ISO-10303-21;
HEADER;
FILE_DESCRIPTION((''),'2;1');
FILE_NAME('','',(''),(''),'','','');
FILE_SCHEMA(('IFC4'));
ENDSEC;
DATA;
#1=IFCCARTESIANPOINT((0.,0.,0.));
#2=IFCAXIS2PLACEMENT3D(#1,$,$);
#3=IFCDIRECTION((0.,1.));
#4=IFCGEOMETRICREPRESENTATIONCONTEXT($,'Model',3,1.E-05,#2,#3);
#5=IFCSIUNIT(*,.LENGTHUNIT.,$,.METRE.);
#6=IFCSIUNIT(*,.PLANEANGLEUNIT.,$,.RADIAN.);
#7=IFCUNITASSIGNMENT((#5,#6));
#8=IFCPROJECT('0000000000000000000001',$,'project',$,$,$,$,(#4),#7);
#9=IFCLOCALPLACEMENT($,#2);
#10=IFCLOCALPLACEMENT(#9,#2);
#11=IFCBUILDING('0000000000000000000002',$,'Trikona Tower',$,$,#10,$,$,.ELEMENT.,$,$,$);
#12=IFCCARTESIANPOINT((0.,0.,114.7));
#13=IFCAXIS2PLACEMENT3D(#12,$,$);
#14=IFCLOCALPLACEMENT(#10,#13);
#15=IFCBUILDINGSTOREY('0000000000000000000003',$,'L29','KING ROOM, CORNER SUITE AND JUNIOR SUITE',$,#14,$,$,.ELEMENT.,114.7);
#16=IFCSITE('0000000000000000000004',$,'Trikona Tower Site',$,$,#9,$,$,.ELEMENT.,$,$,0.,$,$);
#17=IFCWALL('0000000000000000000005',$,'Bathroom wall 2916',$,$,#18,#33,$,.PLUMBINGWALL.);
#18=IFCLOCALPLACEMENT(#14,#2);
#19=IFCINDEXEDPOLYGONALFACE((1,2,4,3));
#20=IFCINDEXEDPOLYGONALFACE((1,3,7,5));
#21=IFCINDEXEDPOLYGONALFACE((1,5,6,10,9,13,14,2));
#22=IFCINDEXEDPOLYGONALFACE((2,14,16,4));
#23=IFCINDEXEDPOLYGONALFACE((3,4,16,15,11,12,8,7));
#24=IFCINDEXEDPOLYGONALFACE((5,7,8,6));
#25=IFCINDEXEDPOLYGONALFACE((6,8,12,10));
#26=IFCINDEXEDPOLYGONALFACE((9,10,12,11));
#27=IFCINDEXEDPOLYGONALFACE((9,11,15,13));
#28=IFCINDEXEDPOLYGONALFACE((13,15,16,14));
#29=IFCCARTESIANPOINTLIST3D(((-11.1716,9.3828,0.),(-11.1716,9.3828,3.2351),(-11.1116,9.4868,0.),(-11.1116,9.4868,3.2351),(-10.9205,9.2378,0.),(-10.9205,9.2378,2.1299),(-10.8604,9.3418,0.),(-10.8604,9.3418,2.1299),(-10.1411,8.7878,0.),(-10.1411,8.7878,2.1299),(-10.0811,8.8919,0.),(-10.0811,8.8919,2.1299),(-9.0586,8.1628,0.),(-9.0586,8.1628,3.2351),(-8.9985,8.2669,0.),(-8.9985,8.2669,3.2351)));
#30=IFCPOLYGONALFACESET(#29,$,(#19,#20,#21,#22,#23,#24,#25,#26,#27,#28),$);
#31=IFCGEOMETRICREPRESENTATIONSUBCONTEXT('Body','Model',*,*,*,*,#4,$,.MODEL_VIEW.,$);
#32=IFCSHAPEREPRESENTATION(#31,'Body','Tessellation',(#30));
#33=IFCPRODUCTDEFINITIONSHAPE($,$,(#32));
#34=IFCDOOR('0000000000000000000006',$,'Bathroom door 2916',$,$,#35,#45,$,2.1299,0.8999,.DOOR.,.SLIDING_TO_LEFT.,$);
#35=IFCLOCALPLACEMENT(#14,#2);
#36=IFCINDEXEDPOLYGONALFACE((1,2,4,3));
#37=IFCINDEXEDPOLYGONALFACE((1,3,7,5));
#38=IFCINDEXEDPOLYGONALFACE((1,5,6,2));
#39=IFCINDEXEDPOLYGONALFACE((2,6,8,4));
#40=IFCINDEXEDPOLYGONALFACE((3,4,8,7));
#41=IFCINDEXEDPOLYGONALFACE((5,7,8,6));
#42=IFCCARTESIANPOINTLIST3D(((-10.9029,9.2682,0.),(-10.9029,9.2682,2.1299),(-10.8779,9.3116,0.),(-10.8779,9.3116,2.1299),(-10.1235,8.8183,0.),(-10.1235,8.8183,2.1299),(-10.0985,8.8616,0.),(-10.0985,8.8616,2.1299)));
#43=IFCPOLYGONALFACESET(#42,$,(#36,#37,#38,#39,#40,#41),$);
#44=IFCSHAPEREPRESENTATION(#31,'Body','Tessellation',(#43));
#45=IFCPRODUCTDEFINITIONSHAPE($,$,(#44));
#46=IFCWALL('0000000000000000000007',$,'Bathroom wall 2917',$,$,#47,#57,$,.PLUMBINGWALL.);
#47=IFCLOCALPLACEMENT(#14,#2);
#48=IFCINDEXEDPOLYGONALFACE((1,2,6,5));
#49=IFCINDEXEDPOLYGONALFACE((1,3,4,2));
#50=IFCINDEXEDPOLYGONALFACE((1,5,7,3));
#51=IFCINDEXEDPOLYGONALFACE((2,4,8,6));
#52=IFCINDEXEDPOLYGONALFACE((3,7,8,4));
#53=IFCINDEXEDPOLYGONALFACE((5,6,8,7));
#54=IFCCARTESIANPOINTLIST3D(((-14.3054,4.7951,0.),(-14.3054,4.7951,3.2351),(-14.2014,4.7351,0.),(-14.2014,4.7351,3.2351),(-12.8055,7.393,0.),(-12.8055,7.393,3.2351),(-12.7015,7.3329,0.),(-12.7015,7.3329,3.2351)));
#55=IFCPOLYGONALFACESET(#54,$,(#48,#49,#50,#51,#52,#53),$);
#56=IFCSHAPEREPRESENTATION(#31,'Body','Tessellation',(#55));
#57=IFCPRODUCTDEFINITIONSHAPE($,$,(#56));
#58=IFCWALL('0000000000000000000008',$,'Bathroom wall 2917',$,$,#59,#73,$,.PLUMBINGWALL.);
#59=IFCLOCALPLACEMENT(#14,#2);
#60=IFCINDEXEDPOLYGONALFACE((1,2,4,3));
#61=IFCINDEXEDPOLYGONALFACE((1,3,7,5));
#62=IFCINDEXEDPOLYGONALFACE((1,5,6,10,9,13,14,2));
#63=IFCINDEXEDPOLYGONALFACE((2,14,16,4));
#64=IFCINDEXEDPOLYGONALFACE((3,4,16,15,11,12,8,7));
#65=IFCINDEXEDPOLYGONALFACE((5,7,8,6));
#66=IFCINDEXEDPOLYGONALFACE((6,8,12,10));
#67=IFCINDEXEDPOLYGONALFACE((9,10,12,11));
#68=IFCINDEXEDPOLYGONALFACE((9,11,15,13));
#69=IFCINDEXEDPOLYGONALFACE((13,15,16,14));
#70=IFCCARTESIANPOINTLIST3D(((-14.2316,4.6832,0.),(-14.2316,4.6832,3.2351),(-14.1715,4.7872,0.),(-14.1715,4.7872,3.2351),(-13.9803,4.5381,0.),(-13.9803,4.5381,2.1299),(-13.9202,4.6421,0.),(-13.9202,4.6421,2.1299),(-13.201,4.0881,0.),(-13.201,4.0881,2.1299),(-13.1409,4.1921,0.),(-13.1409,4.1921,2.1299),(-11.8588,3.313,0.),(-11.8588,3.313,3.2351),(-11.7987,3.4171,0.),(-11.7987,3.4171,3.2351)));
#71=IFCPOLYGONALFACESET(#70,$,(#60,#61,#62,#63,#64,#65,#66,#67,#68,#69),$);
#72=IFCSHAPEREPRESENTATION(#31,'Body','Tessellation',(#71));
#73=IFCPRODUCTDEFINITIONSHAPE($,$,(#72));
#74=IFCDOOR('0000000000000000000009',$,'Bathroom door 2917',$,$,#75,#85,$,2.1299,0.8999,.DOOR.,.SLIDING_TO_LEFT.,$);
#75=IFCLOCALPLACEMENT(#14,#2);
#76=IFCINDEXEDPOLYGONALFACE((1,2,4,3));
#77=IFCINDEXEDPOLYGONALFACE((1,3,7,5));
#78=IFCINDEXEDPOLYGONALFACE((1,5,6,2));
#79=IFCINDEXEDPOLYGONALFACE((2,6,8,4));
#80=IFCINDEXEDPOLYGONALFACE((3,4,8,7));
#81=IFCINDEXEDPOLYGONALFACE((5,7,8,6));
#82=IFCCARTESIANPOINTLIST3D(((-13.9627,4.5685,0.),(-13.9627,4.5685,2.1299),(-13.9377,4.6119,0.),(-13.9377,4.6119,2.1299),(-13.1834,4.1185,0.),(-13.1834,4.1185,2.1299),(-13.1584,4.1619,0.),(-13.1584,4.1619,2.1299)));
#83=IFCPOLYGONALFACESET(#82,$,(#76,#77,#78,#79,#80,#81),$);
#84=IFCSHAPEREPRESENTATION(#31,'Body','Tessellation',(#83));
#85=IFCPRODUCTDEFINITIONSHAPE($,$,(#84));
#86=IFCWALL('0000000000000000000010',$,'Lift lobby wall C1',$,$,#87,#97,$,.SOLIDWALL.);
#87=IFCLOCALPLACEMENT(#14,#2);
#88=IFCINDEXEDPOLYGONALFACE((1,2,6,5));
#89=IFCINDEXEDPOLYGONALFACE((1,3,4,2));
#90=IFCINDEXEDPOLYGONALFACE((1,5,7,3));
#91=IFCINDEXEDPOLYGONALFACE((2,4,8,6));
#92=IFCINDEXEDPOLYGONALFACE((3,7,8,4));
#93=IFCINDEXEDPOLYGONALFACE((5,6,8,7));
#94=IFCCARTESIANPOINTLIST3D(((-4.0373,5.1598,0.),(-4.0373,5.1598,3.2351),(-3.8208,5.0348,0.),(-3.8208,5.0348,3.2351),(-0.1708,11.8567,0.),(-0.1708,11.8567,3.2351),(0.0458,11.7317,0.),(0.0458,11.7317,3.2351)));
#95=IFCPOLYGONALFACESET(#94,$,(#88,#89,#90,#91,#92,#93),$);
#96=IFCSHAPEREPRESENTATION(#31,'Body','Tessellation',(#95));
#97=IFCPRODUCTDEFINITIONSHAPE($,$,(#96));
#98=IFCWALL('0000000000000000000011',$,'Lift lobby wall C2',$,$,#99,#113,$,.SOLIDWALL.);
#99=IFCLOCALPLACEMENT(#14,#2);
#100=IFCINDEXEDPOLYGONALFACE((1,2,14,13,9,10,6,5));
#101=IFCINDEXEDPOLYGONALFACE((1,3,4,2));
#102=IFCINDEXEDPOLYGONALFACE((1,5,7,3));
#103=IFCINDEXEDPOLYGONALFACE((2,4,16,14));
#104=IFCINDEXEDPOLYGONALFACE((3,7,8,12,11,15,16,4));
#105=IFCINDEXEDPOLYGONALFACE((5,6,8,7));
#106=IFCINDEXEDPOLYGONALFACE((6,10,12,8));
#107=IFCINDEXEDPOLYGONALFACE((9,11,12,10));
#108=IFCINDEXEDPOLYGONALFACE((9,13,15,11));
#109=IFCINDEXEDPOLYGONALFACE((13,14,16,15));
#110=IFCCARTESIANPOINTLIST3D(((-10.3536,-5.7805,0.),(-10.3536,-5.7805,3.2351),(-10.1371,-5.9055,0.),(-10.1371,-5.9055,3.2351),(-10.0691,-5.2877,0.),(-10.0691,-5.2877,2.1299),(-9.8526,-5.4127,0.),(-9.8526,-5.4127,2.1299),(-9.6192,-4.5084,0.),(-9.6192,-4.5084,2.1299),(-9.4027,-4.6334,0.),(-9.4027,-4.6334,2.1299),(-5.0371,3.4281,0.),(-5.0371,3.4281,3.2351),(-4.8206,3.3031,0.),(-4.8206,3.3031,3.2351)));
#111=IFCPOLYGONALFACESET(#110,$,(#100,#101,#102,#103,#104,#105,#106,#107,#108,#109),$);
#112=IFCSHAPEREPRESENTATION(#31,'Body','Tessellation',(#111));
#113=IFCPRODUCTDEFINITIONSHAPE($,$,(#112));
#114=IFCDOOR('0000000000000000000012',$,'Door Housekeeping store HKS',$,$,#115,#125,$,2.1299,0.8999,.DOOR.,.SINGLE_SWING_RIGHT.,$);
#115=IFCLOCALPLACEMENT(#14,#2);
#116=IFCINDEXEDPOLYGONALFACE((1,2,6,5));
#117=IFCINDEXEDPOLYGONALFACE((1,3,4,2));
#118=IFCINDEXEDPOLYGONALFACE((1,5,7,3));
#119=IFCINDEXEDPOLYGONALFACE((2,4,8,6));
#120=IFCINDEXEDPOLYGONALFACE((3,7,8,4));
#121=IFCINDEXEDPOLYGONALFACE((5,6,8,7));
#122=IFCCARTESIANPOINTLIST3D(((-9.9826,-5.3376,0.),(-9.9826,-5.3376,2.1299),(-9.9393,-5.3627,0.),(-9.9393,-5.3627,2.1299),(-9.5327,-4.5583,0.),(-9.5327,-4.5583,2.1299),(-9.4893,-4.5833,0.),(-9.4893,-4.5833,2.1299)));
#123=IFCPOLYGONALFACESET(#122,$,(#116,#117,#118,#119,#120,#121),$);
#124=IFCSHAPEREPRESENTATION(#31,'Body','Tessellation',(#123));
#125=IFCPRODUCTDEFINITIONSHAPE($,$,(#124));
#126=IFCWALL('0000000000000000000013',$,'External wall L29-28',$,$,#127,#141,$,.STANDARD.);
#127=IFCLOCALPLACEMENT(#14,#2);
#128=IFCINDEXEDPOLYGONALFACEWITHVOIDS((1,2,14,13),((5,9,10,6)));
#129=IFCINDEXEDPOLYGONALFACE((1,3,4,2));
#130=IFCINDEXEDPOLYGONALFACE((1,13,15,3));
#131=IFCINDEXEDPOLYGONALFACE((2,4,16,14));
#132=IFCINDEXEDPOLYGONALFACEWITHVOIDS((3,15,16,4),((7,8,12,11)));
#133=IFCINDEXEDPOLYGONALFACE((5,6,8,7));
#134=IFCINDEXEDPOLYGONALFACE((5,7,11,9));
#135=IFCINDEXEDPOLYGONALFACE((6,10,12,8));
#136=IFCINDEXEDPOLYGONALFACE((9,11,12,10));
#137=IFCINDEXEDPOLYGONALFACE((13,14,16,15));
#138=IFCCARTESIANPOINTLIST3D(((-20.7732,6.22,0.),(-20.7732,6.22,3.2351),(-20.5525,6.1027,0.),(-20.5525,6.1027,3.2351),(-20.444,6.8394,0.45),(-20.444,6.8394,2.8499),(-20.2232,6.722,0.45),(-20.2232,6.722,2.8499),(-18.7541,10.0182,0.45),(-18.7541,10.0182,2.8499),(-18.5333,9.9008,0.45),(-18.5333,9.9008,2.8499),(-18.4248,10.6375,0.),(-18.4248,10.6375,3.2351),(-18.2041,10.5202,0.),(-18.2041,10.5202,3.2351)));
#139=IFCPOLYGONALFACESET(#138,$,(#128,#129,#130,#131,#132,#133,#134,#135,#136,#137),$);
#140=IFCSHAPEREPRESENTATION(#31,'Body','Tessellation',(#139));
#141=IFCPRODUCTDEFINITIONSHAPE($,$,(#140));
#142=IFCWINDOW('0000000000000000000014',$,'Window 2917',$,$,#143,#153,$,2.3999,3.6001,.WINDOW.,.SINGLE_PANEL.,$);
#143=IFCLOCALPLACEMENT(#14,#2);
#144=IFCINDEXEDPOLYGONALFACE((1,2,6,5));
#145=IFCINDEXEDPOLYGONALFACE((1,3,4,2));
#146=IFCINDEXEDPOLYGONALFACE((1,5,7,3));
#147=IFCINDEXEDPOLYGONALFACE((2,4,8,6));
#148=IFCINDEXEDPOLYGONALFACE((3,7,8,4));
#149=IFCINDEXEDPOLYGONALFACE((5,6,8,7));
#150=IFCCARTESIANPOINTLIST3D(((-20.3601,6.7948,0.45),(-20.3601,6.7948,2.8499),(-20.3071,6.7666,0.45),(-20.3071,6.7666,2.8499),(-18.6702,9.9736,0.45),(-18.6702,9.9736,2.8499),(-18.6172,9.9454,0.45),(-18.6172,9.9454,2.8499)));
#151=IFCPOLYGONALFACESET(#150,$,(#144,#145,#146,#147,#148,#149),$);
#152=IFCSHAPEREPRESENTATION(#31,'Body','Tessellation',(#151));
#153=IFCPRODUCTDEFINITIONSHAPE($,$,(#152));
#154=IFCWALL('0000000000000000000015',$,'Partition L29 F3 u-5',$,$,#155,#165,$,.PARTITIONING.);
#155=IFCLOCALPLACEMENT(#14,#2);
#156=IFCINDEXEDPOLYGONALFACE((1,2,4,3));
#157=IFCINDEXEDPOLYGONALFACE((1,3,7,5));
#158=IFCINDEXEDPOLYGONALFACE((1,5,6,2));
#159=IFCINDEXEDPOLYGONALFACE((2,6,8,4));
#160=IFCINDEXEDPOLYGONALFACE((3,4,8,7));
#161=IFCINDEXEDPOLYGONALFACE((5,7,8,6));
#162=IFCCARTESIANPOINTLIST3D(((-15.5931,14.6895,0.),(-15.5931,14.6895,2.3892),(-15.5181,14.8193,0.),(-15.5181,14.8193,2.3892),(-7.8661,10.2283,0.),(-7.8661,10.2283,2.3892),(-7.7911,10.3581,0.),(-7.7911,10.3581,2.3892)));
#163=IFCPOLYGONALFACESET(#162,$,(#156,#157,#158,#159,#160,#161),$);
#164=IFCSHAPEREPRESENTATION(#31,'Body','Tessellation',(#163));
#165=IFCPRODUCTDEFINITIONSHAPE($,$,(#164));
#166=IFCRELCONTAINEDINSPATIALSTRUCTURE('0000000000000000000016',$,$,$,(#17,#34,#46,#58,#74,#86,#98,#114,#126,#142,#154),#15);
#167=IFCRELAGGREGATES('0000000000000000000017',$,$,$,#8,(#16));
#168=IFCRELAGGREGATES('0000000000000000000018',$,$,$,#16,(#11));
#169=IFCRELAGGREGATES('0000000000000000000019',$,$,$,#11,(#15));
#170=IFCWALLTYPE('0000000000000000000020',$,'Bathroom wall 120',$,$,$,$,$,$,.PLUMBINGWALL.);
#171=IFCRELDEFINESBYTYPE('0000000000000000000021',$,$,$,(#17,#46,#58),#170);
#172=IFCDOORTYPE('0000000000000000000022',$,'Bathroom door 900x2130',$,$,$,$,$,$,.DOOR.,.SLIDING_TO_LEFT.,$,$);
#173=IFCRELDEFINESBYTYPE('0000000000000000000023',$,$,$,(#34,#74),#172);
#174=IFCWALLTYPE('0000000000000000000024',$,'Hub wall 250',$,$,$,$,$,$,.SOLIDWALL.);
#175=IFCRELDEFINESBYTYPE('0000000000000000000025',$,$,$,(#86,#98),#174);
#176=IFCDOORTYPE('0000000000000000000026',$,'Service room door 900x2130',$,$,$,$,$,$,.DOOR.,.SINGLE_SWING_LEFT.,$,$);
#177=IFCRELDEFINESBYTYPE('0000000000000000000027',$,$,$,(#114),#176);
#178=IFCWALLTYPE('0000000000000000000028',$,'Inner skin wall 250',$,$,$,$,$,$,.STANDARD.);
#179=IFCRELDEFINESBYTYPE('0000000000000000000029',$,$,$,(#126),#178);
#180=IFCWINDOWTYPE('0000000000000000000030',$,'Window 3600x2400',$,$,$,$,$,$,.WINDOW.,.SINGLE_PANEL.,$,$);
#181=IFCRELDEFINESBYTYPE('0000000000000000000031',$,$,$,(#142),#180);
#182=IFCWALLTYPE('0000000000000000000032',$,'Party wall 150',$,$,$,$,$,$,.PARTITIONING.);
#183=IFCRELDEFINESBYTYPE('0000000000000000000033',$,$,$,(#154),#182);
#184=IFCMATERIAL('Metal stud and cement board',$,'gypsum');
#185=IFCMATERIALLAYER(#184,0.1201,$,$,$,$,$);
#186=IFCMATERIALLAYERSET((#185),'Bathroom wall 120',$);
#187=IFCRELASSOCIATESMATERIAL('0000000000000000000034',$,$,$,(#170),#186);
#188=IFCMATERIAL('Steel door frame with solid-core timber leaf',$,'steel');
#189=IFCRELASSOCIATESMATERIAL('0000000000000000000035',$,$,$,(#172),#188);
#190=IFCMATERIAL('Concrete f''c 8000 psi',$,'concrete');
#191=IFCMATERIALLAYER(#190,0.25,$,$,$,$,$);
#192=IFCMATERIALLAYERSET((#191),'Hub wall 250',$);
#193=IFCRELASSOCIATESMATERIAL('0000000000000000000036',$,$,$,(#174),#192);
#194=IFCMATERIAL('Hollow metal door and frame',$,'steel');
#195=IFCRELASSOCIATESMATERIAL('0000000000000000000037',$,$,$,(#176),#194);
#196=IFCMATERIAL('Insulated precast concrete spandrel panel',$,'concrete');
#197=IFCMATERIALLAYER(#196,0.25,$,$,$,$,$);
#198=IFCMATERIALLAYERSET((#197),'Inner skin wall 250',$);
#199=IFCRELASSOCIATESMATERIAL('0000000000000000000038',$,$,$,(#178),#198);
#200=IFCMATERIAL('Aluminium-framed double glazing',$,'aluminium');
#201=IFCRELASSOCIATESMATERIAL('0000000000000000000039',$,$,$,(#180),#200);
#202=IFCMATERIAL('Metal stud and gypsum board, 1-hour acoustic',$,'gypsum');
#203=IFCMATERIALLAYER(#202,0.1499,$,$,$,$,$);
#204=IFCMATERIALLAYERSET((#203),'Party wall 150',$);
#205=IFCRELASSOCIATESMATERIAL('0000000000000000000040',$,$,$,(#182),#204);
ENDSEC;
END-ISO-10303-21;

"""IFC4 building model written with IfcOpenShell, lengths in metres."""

from ifc_helpers import new_model, si_unit, direction, frame, frame_2d, origin, place, context, subcontext, project, spatial, rectangle, extrude, material, layer, layer_set, type_object, element, fill, save


model = new_model("IFC4")

# Units and contexts
model_context = context("Model", 3, precision=1e-05, world=origin(), true_north=direction((0.0, 1.0)))
body_context = subcontext(model_context, "Body", "Model", "MODEL_VIEW")
ifc_project = project(units=[si_unit("LENGTHUNIT", "METRE"), si_unit("PLANEANGLEUNIT", "RADIAN")], contexts=[model_context])

# Site, building, storey
site_placement = place(None, origin())
site = spatial("IfcSite", under=ifc_project, at=site_placement, Name="Trikona Tower Site", CompositionType="ELEMENT", RefElevation=0.0)
building_placement = place(site_placement, origin())
building = spatial("IfcBuilding", under=site, at=building_placement, Name="Trikona Tower", CompositionType="ELEMENT")
storey_placement = place(building_placement, frame((0.0, 0.0, 114.7)))
storey = spatial("IfcBuildingStorey", under=building, at=storey_placement, Name="L29", Description="KING ROOM, CORNER SUITE AND JUNIOR SUITE", CompositionType="ELEMENT", Elevation=114.7)

# Shared definitions
ifc_material_1 = material(Name="Metal stud and cement board", Category="gypsum")
ifc_layer_1 = layer(ifc_material_1, 0.1201)
ifc_layer_set_1 = layer_set([ifc_layer_1], Name="Bathroom wall 120")
wall_type_1 = type_object("IfcWallType", Name="Bathroom wall 120", PredefinedType="PLUMBINGWALL", material=ifc_layer_set_1)
ifc_material_2 = material(Name="Steel door frame with solid-core timber leaf", Category="steel")
door_type_1 = type_object("IfcDoorType", Name="Bathroom door 900x2130", OperationType="SLIDING_TO_LEFT", PredefinedType="DOOR", material=ifc_material_2)

# Wall, opening, door
wall_1_placement = place(storey_placement, frame((-9.0286, 8.2148, 0.0), z_axis=(0.0, 0.0, 1.0), x_axis=(-0.866024, 0.500003, 0.0)))
wall_1 = element("IfcWall", 1, at=wall_1_placement, inside=storey, type_object=wall_type_1, Name="Bathroom wall 2916", PredefinedType="PLUMBINGWALL", context=body_context, shape_type="SweptSolid", body=[
    extrude(rectangle(XDim=2.4399, YDim=0.1201, at=frame_2d((1.22, 0.0))), origin(), (0.0, 0.0, 1.0), 3.2351),
])
opening_1_placement = place(wall_1_placement, frame((1.25, 0.0, 0.0)))
opening_1 = element("IfcOpeningElement", 2, at=opening_1_placement, cuts=wall_1, PredefinedType="OPENING", context=body_context, shape_type="SweptSolid", body=[
    extrude(rectangle(XDim=0.8999, YDim=2.1299, at=frame_2d((0.45, 1.0649))), frame((0.0, 0.0701, 0.0), z_axis=(0.0, -1.0, 0.0), x_axis=(1.0, 0.0, 0.0)), (0.0, 0.0, 1.0), 0.1401),
])
door_1_placement = place(opening_1_placement, origin())
door_1 = element("IfcDoor", 3, at=door_1_placement, inside=storey, type_object=door_type_1, Name="Bathroom door 2916", OperationType="SLIDING_TO_LEFT", OverallHeight=2.1299, OverallWidth=0.8999, PredefinedType="DOOR", context=body_context, shape_type="SweptSolid", body=[
    extrude(rectangle(XDim=0.8999, YDim=2.1299, at=frame_2d((0.45, 1.0649))), frame((0.0, 0.0249, 0.0), z_axis=(0.0, -1.0, 0.0), x_axis=(1.0, 0.0, 0.0)), (0.0, 0.0, 1.0), 0.05),
])
fill(opening_1, door_1)

# Wall
wall_2_placement = place(storey_placement, frame((-12.7534, 7.363, 0.0), z_axis=(0.0, 0.0, 1.0), x_axis=(-0.500025, -0.866011, 0.0)))
element("IfcWall", 4, at=wall_2_placement, inside=storey, type_object=wall_type_1, Name="Bathroom wall 2917", PredefinedType="PLUMBINGWALL", context=body_context, shape_type="SweptSolid", body=[
    extrude(rectangle(XDim=2.9998, YDim=0.1201, at=frame_2d((1.5, 0.0))), origin(), (0.0, 0.0, 1.0), 3.2351),
])

# Wall, opening, door
wall_3_placement = place(storey_placement, frame((-11.8286, 3.365, 0.0), z_axis=(0.0, 0.0, 1.0), x_axis=(-0.865997, 0.500049, 0.0)))
wall_3 = element("IfcWall", 5, at=wall_3_placement, inside=storey, type_object=wall_type_1, Name="Bathroom wall 2917", PredefinedType="PLUMBINGWALL", context=body_context, shape_type="SweptSolid", body=[
    extrude(rectangle(XDim=2.74, YDim=0.1201, at=frame_2d((1.3701, 0.0))), origin(), (0.0, 0.0, 1.0), 3.2351),
])
opening_2_placement = place(wall_3_placement, frame((1.55, 0.0, 0.0)))
opening_2 = element("IfcOpeningElement", 6, at=opening_2_placement, cuts=wall_3, PredefinedType="OPENING", context=body_context, shape_type="SweptSolid", body=[
    extrude(rectangle(XDim=0.8999, YDim=2.1299, at=frame_2d((0.45, 1.0649))), frame((0.0, 0.0701, 0.0), z_axis=(0.0, -1.0, 0.0), x_axis=(1.0, 0.0, 0.0)), (0.0, 0.0, 1.0), 0.1401),
])
door_2_placement = place(opening_2_placement, origin())
door_2 = element("IfcDoor", 7, at=door_2_placement, inside=storey, type_object=door_type_1, Name="Bathroom door 2917", OperationType="SLIDING_TO_LEFT", OverallHeight=2.1299, OverallWidth=0.8999, PredefinedType="DOOR", context=body_context, shape_type="SweptSolid", body=[
    extrude(rectangle(XDim=0.8999, YDim=2.1299, at=frame_2d((0.45, 1.0649))), frame((0.0, 0.0249, 0.0), z_axis=(0.0, -1.0, 0.0), x_axis=(1.0, 0.0, 0.0)), (0.0, 0.0, 1.0), 0.05),
])
fill(opening_2, door_2)

# Wall
ifc_material_3 = material(Name="Concrete f'c 8000 psi", Category="concrete")
ifc_layer_2 = layer(ifc_material_3, 0.25)
ifc_layer_set_2 = layer_set([ifc_layer_2], Name="Hub wall 250")
wall_type_2 = type_object("IfcWallType", Name="Hub wall 250", PredefinedType="SOLIDWALL", material=ifc_layer_set_2)
wall_4_placement = place(storey_placement, frame((-0.0625, 11.7942, 0.0), z_axis=(0.0, 0.0, 1.0), x_axis=(-0.500007, -0.866022, 0.0)))
element("IfcWall", 8, at=wall_4_placement, inside=storey, type_object=wall_type_2, Name="Lift lobby wall C1", PredefinedType="SOLIDWALL", context=body_context, shape_type="SweptSolid", body=[
    extrude(rectangle(XDim=7.7329, YDim=0.25, at=frame_2d((3.8665, 0.0))), origin(), (0.0, 0.0, 1.0), 3.2351),
])

# Wall, opening, door
wall_5_placement = place(storey_placement, frame((-4.929, 3.3655, 0.0), z_axis=(0.0, 0.0, 1.0), x_axis=(-0.499991, -0.86603, 0.0)))
wall_5 = element("IfcWall", 9, at=wall_5_placement, inside=storey, type_object=wall_type_2, Name="Lift lobby wall C2", PredefinedType="SOLIDWALL", context=body_context, shape_type="SweptSolid", body=[
    extrude(rectangle(XDim=10.6331, YDim=0.25, at=frame_2d((5.3164, 0.0))), origin(), (0.0, 0.0, 1.0), 3.2351),
])
opening_3_placement = place(wall_5_placement, frame((9.1641, 0.0, 0.0)))
opening_3 = element("IfcOpeningElement", 10, at=opening_3_placement, cuts=wall_5, PredefinedType="OPENING", context=body_context, shape_type="SweptSolid", body=[
    extrude(rectangle(XDim=0.8999, YDim=2.1299, at=frame_2d((0.45, 1.0649))), frame((0.0, 0.135, 0.0), z_axis=(0.0, -1.0, 0.0), x_axis=(1.0, 0.0, 0.0)), (0.0, 0.0, 1.0), 0.27),
])
ifc_material_4 = material(Name="Hollow metal door and frame", Category="steel")
door_type_2 = type_object("IfcDoorType", Name="Service room door 900x2130", OperationType="SINGLE_SWING_LEFT", PredefinedType="DOOR", material=ifc_material_4)
door_3_placement = place(opening_3_placement, origin())
door_3 = element("IfcDoor", 11, at=door_3_placement, inside=storey, type_object=door_type_2, Name="Door Housekeeping store HKS", OperationType="SINGLE_SWING_RIGHT", OverallHeight=2.1299, OverallWidth=0.8999, PredefinedType="DOOR", context=body_context, shape_type="SweptSolid", body=[
    extrude(rectangle(XDim=0.8999, YDim=2.1299, at=frame_2d((0.45, 1.0649))), frame((0.0, 0.0249, 0.0), z_axis=(0.0, -1.0, 0.0), x_axis=(1.0, 0.0, 0.0)), (0.0, 0.0, 1.0), 0.05),
])
fill(opening_3, door_3)

# Wall, opening, window
ifc_material_5 = material(Name="Insulated precast concrete spandrel panel", Category="concrete")
ifc_layer_3 = layer(ifc_material_5, 0.25)
ifc_layer_set_3 = layer_set([ifc_layer_3], Name="Inner skin wall 250")
wall_type_3 = type_object("IfcWallType", Name="Inner skin wall 250", PredefinedType="STANDARD", material=ifc_layer_set_3)
wall_6_placement = place(storey_placement, frame((-18.3145, 10.5789, 0.0), z_axis=(0.0, 0.0, 1.0), x_axis=(-0.469405, -0.882983, 0.0)))
wall_6 = element("IfcWall", 12, at=wall_6_placement, inside=storey, type_object=wall_type_3, Name="External wall L29-28", PredefinedType="STANDARD", context=body_context, shape_type="SweptSolid", body=[
    extrude(rectangle(XDim=5.0029, YDim=0.25, at=frame_2d((2.5015, 0.0))), origin(), (0.0, 0.0, 1.0), 3.2351),
])
opening_4_placement = place(wall_6_placement, frame((0.7014, 0.0, 0.45)))
opening_4 = element("IfcOpeningElement", 13, at=opening_4_placement, cuts=wall_6, PredefinedType="OPENING", context=body_context, shape_type="SweptSolid", body=[
    extrude(rectangle(XDim=3.6001, YDim=2.3999, at=frame_2d((1.8, 1.2))), frame((0.0, 0.135, 0.0), z_axis=(0.0, -1.0, 0.0), x_axis=(1.0, 0.0, 0.0)), (0.0, 0.0, 1.0), 0.27),
])
ifc_material_6 = material(Name="Aluminium-framed double glazing", Category="aluminium")
window_type = type_object("IfcWindowType", Name="Window 3600x2400", PartitioningType="SINGLE_PANEL", PredefinedType="WINDOW", material=ifc_material_6)
window_placement = place(opening_4_placement, origin())
window = element("IfcWindow", 14, at=window_placement, inside=storey, type_object=window_type, Name="Window 2917", OverallHeight=2.3999, OverallWidth=3.6001, PartitioningType="SINGLE_PANEL", PredefinedType="WINDOW", context=body_context, shape_type="SweptSolid", body=[
    extrude(rectangle(XDim=3.6001, YDim=2.3999, at=frame_2d((1.8, 1.2))), frame((0.0, 0.03, 0.0), z_axis=(0.0, -1.0, 0.0), x_axis=(1.0, 0.0, 0.0)), (0.0, 0.0, 1.0), 0.0601),
])
fill(opening_4, window)

# Wall
ifc_material_7 = material(Name="Metal stud and gypsum board, 1-hour acoustic", Category="gypsum")
ifc_layer_4 = layer(ifc_material_7, 0.1499)
ifc_layer_set_4 = layer_set([ifc_layer_4], Name="Party wall 150")
wall_type_4 = type_object("IfcWallType", Name="Party wall 150", PredefinedType="PARTITIONING", material=ifc_layer_set_4)
wall_7_placement = place(storey_placement, frame((-7.8286, 10.2932, 0.0), z_axis=(0.0, 0.0, 1.0), x_axis=(-0.866027, 0.499997, 0.0)))
element("IfcWall", 15, at=wall_7_placement, inside=storey, type_object=wall_type_4, Name="Partition L29 F3 u-5", PredefinedType="PARTITIONING", context=body_context, shape_type="SweptSolid", body=[
    extrude(rectangle(XDim=8.9224, YDim=0.1499, at=frame_2d((4.4612, 0.0))), origin(), (0.0, 0.0, 1.0), 2.3892),
])

save(model, "model.ifc")
